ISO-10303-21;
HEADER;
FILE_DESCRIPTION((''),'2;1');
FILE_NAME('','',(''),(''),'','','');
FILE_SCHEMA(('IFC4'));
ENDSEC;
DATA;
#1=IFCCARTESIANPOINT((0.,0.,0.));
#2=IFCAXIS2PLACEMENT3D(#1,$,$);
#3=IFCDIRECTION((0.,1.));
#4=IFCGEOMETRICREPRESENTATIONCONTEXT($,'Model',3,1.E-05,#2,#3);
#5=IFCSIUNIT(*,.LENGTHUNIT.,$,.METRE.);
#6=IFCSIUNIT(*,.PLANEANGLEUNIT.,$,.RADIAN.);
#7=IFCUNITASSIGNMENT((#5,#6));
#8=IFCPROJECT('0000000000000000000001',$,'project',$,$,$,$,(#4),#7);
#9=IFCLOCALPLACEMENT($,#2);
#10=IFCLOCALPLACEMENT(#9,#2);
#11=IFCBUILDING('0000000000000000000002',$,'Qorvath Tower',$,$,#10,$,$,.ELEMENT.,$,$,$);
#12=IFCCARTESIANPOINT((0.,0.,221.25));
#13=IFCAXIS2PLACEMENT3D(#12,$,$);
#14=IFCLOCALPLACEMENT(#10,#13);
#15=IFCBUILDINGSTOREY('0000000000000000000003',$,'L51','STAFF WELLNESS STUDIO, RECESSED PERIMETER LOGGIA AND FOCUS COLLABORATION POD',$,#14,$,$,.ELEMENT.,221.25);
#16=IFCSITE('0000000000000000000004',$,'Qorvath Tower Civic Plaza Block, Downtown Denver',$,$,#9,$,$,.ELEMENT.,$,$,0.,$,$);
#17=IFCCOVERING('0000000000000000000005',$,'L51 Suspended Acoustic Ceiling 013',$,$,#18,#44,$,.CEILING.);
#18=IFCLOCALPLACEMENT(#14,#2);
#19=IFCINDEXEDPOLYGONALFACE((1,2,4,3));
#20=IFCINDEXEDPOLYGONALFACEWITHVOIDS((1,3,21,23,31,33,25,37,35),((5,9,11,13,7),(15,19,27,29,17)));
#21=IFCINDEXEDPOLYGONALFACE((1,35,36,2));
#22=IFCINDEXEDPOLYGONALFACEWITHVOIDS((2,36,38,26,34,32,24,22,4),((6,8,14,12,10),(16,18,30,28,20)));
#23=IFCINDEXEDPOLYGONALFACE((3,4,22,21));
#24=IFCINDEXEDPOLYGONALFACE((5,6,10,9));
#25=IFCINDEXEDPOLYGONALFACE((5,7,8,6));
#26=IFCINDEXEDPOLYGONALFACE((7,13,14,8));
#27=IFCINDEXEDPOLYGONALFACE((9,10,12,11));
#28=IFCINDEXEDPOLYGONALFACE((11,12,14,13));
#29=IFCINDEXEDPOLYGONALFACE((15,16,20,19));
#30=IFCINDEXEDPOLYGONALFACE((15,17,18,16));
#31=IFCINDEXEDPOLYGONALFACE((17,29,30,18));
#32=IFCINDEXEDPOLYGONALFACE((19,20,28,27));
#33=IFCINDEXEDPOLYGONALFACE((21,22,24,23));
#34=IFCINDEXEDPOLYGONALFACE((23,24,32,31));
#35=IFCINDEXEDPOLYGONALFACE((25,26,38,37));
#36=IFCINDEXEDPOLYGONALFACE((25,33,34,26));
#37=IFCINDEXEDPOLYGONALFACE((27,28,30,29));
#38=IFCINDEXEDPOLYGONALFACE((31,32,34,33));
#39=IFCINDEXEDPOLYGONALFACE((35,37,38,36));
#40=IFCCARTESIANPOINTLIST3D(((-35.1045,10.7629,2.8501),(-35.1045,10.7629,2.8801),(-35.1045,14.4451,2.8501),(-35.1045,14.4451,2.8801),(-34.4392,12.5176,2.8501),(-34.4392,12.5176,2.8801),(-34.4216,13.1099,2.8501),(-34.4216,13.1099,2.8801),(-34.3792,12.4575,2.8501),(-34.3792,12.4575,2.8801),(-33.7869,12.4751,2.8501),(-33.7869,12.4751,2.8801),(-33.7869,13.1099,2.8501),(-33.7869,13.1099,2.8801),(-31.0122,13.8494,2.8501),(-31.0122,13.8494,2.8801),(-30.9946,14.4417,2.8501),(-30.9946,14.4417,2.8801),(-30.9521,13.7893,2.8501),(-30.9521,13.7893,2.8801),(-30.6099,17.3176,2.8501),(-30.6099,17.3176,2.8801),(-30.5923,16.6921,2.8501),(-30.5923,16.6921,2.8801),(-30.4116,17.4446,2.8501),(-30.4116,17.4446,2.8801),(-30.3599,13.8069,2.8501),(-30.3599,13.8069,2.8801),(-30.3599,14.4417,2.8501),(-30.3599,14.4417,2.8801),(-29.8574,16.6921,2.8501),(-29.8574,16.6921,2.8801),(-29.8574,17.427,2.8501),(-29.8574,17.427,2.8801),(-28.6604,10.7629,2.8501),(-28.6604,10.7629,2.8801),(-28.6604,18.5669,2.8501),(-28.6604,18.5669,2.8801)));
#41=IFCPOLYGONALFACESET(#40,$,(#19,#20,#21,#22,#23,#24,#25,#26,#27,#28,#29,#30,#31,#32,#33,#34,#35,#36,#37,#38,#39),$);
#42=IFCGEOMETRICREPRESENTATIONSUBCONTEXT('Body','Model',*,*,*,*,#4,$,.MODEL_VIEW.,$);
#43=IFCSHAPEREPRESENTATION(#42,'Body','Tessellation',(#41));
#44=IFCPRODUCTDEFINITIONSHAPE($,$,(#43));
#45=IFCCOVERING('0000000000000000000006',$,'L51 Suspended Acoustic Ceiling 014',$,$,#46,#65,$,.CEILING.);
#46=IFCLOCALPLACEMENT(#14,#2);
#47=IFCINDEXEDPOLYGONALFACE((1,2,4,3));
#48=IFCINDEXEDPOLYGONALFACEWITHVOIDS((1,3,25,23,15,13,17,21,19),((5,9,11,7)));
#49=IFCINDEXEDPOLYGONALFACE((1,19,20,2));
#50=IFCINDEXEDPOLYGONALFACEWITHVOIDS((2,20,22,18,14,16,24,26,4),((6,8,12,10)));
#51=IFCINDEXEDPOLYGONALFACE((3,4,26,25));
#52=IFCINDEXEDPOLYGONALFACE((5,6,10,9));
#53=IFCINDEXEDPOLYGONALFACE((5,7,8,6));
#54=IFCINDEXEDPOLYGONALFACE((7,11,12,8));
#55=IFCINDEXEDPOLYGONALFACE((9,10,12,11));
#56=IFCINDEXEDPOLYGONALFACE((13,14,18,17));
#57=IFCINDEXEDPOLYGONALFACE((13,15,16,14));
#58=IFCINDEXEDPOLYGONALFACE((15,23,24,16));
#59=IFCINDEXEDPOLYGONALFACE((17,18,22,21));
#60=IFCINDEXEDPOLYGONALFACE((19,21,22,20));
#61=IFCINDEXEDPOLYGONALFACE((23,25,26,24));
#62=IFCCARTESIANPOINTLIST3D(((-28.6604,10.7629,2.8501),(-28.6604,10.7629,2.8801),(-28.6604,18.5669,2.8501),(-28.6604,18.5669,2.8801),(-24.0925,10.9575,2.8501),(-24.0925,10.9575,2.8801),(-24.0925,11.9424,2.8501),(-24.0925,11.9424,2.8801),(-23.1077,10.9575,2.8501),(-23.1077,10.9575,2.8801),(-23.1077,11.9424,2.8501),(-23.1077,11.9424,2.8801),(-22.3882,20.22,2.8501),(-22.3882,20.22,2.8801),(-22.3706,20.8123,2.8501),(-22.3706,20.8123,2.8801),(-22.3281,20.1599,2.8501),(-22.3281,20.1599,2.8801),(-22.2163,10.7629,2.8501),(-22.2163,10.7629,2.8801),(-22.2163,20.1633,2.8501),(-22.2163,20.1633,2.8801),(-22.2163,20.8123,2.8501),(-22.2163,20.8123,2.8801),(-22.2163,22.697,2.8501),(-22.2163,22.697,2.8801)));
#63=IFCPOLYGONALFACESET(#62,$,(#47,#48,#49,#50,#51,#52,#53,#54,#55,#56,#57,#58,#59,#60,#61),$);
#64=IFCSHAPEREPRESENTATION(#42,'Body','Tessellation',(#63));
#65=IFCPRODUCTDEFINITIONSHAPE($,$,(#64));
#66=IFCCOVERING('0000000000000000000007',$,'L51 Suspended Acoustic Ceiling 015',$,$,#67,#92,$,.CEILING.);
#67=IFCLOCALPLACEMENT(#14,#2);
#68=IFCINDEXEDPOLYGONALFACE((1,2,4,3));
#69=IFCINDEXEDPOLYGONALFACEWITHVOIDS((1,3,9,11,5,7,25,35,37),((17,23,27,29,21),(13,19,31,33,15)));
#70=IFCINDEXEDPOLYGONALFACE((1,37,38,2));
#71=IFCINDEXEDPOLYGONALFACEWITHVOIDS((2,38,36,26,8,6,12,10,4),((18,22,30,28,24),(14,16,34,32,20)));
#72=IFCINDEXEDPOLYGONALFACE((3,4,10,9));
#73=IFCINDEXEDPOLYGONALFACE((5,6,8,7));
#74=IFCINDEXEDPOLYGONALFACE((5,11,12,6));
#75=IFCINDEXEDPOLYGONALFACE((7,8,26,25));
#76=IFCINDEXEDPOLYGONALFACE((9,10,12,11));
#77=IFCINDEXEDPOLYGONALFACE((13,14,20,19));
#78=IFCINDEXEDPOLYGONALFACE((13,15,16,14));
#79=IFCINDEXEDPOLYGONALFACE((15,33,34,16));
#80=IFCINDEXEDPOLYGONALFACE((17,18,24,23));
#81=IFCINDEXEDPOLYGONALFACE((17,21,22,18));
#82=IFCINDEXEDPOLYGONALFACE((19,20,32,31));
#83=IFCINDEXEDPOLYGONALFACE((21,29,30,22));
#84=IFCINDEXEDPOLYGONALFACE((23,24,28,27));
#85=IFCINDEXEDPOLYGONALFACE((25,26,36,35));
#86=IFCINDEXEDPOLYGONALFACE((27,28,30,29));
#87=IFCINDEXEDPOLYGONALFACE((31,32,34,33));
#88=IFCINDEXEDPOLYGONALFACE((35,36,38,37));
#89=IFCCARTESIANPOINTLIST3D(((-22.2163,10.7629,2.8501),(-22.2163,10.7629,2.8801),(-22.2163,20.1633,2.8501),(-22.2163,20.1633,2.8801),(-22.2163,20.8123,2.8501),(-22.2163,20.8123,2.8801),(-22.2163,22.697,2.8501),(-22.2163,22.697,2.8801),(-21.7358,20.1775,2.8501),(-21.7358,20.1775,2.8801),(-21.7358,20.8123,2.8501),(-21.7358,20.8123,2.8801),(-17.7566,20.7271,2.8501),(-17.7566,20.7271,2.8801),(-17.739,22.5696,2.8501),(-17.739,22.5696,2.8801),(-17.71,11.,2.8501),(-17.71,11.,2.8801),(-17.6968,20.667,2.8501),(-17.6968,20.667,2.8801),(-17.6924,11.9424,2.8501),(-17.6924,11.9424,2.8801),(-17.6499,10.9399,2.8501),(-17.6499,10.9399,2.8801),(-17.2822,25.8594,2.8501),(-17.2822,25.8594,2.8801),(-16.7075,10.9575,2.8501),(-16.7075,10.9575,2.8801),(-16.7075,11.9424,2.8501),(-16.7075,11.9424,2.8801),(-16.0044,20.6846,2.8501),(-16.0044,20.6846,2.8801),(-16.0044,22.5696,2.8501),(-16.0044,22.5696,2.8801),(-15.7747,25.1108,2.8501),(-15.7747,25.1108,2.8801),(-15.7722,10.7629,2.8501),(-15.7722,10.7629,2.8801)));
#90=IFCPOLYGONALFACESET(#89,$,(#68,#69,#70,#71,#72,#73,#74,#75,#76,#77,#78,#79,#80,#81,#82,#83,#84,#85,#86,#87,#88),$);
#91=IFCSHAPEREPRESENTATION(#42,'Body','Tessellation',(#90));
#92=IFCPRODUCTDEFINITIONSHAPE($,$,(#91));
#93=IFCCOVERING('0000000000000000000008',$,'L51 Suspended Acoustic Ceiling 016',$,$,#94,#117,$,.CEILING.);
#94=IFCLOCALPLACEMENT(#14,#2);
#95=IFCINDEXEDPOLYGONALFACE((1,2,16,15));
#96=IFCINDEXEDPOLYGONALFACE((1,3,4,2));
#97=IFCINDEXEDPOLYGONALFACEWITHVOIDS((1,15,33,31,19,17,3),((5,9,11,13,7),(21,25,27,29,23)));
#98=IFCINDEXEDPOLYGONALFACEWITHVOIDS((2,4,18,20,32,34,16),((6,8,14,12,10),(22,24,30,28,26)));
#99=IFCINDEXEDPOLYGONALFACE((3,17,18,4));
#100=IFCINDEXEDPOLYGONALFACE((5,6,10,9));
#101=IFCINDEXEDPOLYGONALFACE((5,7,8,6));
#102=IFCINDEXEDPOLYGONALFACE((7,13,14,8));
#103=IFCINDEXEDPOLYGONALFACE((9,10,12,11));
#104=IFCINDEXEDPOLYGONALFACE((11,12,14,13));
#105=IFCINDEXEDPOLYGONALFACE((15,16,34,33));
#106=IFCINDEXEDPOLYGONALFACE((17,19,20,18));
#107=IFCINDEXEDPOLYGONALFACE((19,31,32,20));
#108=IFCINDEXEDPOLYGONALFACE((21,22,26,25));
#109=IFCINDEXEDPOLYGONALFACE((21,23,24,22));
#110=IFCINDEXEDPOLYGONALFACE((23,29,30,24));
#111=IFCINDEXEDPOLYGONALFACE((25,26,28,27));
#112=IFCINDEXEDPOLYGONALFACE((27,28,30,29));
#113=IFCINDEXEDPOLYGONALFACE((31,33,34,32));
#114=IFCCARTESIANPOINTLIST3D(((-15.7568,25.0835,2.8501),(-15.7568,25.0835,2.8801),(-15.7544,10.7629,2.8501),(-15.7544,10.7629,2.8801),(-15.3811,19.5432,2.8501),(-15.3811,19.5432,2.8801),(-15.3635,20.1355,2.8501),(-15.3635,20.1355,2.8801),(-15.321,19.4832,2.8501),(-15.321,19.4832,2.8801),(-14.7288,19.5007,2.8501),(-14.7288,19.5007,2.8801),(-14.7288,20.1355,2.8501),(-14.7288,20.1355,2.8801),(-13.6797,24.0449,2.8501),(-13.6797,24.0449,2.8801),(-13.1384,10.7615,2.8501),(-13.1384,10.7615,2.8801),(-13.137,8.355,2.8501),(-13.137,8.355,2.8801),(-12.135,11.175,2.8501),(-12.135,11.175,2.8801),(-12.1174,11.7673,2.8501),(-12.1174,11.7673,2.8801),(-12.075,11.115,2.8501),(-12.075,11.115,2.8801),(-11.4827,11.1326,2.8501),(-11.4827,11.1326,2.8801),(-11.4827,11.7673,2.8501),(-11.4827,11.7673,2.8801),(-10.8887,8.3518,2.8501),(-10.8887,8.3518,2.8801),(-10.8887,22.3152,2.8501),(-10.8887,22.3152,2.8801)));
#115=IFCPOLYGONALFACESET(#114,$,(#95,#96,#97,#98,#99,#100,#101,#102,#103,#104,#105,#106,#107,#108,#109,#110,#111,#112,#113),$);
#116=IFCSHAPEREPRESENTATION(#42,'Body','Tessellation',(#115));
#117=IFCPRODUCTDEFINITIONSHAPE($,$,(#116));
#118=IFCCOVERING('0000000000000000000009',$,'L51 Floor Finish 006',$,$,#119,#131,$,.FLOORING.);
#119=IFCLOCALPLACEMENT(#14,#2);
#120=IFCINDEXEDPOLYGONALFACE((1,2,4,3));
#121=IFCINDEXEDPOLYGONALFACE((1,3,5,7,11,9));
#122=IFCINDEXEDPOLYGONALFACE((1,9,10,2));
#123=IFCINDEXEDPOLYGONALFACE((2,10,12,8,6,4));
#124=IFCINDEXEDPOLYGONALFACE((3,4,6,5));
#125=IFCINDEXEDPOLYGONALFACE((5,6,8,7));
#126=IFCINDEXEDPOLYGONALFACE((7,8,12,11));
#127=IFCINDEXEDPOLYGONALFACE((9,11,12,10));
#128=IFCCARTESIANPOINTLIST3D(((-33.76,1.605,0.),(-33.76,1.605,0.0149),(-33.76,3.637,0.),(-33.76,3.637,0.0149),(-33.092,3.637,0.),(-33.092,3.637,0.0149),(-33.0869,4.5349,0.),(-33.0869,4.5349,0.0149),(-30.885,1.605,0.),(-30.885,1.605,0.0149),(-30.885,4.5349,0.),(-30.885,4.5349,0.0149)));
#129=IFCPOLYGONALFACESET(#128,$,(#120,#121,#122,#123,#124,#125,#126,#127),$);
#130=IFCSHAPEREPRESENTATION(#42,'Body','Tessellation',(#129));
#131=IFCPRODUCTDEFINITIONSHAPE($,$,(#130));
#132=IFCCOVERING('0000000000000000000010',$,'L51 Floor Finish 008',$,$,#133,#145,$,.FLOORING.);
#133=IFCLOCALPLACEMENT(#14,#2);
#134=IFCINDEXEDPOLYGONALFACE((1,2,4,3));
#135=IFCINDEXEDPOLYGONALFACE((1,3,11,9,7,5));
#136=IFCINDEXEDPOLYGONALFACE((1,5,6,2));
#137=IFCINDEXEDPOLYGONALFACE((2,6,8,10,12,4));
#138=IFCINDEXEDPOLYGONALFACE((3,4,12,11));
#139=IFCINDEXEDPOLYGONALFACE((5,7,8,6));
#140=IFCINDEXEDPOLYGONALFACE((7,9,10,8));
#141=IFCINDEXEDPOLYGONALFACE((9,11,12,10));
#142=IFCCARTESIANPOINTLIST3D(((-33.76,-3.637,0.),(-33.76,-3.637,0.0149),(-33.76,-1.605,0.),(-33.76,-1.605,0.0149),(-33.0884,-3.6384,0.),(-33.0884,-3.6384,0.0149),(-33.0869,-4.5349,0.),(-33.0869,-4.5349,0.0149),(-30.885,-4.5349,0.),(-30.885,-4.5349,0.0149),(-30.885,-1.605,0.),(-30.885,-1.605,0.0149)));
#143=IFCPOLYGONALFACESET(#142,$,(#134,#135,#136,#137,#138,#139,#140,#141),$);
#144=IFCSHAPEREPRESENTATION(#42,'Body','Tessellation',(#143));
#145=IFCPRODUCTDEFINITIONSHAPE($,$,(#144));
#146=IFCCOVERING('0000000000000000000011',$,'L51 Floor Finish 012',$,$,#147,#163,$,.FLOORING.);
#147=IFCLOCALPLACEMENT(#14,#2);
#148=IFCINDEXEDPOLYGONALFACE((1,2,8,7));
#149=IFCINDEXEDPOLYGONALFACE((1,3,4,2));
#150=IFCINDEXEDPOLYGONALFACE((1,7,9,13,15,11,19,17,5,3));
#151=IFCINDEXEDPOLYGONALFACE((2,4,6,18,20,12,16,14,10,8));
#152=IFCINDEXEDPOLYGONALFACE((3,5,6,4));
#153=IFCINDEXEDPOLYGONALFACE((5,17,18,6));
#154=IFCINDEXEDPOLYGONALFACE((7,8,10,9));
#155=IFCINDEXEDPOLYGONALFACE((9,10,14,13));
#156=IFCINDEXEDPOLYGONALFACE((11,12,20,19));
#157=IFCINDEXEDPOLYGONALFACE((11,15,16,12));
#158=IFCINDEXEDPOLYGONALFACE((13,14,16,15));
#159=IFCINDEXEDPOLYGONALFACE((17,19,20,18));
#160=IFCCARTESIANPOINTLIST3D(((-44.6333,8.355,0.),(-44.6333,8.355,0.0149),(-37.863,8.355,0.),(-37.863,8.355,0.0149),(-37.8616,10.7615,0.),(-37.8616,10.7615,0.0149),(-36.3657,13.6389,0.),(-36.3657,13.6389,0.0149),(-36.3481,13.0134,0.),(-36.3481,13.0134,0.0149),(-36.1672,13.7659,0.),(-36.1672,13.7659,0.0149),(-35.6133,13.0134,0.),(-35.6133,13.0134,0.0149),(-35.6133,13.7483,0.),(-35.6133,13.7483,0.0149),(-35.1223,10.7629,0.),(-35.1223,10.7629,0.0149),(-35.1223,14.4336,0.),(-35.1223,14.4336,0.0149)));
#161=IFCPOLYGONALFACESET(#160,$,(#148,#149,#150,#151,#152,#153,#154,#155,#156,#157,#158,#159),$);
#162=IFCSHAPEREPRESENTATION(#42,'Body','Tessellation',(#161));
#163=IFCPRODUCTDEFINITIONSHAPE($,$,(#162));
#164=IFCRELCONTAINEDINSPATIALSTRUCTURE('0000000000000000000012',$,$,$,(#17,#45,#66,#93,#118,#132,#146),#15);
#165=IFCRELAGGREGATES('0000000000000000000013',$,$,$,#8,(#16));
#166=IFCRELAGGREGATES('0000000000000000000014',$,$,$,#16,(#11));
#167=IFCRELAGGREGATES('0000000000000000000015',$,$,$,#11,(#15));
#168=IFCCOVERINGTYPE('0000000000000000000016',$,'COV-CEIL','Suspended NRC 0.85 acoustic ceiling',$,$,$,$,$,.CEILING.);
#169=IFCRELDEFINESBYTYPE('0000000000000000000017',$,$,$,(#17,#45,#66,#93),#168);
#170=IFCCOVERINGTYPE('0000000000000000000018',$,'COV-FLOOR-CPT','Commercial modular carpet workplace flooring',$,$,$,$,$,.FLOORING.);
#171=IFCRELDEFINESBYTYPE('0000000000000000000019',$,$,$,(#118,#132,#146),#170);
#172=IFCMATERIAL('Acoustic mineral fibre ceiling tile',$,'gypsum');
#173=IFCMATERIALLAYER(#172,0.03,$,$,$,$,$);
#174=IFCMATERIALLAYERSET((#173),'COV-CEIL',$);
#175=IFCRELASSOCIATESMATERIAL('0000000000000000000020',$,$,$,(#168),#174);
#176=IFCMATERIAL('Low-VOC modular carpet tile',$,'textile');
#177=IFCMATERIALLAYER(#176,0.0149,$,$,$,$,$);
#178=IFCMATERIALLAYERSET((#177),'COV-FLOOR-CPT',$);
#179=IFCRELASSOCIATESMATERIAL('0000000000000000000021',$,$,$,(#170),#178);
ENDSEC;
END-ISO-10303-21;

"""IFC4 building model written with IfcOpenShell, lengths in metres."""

from ifc_helpers import new_model, si_unit, direction, frame, origin, place, context, subcontext, project, spatial, polyline, outline, extrude, material, layer, layer_set, type_object, element, save


model = new_model("IFC4")

# Units and contexts
model_context = context("Model", 3, precision=1e-05, world=origin(), true_north=direction((0.0, 1.0)))
body_context = subcontext(model_context, "Body", "Model", "MODEL_VIEW")
ifc_project = project(units=[si_unit("LENGTHUNIT", "METRE"), si_unit("PLANEANGLEUNIT", "RADIAN")], contexts=[model_context])

# Site, building, storey
site_placement = place(None, origin())
site = spatial("IfcSite", under=ifc_project, at=site_placement, Name="Qorvath Tower Civic Plaza Block, Downtown Denver", CompositionType="ELEMENT", RefElevation=0.0)
building_placement = place(site_placement, origin())
building = spatial("IfcBuilding", under=site, at=building_placement, Name="Qorvath Tower", CompositionType="ELEMENT")
storey_placement = place(building_placement, frame((0.0, 0.0, 221.25)))
storey = spatial("IfcBuildingStorey", under=building, at=storey_placement, Name="L51", Description="STAFF WELLNESS STUDIO, RECESSED PERIMETER LOGGIA AND FOCUS COLLABORATION POD", CompositionType="ELEMENT", Elevation=221.25)

# Coverings
ifc_material_1 = material(Name="Acoustic mineral fibre ceiling tile", Category="gypsum")
ifc_layer_1 = layer(ifc_material_1, 0.03)
ifc_layer_set_1 = layer_set([ifc_layer_1], Name="COV-CEIL")
covering_type_1 = type_object("IfcCoveringType", Name="COV-CEIL", Description="Suspended NRC 0.85 acoustic ceiling", PredefinedType="CEILING", material=ifc_layer_set_1)
covering_1_placement = place(storey_placement, frame((0.0, 0.0, 2.8501)))
element("IfcCovering", 1, at=covering_1_placement, inside=storey, type_object=covering_type_1, Name="L51 Suspended Acoustic Ceiling 013", PredefinedType="CEILING", context=body_context, shape_type="SweptSolid", body=[
    extrude(outline(polyline([(-28.6604, 10.7629), (-28.6604, 18.5669), (-30.4116, 17.4446), (-29.8574, 17.427), (-29.8574, 16.6921), (-30.5923, 16.6921), (-30.6099, 17.3176), (-35.1045, 14.4451), (-35.1045, 10.7629), (-28.6604, 10.7629)]), holes=[polyline([(-31.0122, 13.8494), (-30.9946, 14.4417), (-30.3599, 14.4417), (-30.3599, 13.8069), (-30.9521, 13.7893), (-31.0122, 13.8494)]), polyline([(-34.4392, 12.5176), (-34.4216, 13.1099), (-33.7869, 13.1099), (-33.7869, 12.4751), (-34.3792, 12.4575), (-34.4392, 12.5176)])]), origin(), (0.0, 0.0, 1.0), 0.03),
])
covering_2_placement = place(storey_placement, frame((0.0, 0.0, 2.8501)))
element("IfcCovering", 2, at=covering_2_placement, inside=storey, type_object=covering_type_1, Name="L51 Suspended Acoustic Ceiling 014", PredefinedType="CEILING", context=body_context, shape_type="SweptSolid", body=[
    extrude(outline(polyline([(-22.2163, 10.7629), (-22.2163, 20.1633), (-22.3281, 20.1599), (-22.3882, 20.22), (-22.3706, 20.8123), (-22.2163, 20.8123), (-22.2163, 22.697), (-28.6604, 18.5669), (-28.6604, 10.7629), (-22.2163, 10.7629)]), holes=[polyline([(-24.0925, 10.9575), (-24.0925, 11.9424), (-23.1077, 11.9424), (-23.1077, 10.9575), (-24.0925, 10.9575)])]), origin(), (0.0, 0.0, 1.0), 0.03),
])
covering_3_placement = place(storey_placement, frame((0.0, 0.0, 2.8501)))
element("IfcCovering", 3, at=covering_3_placement, inside=storey, type_object=covering_type_1, Name="L51 Suspended Acoustic Ceiling 015", PredefinedType="CEILING", context=body_context, shape_type="SweptSolid", body=[
    extrude(outline(polyline([(-15.7747, 25.1108), (-17.2822, 25.8594), (-22.2163, 22.697), (-22.2163, 20.8123), (-21.7358, 20.8123), (-21.7358, 20.1775), (-22.2163, 20.1633), (-22.2163, 10.7629), (-15.7722, 10.7629), (-15.7747, 25.1108)]), holes=[polyline([(-17.7566, 20.7271), (-17.739, 22.5696), (-16.0044, 22.5696), (-16.0044, 20.6846), (-17.6968, 20.667), (-17.7566, 20.7271)]), polyline([(-17.71, 11.0), (-17.6924, 11.9424), (-16.7075, 11.9424), (-16.7075, 10.9575), (-17.6499, 10.9399), (-17.71, 11.0)])]), origin(), (0.0, 0.0, 1.0), 0.03),
])
covering_4_placement = place(storey_placement, frame((0.0, 0.0, 2.8501)))
element("IfcCovering", 4, at=covering_4_placement, inside=storey, type_object=covering_type_1, Name="L51 Suspended Acoustic Ceiling 016", PredefinedType="CEILING", context=body_context, shape_type="SweptSolid", body=[
    extrude(outline(polyline([(-10.8887, 8.3518), (-10.8887, 22.3152), (-13.6797, 24.0449), (-15.7568, 25.0835), (-15.7544, 10.7629), (-13.1384, 10.7615), (-13.137, 8.355), (-10.8887, 8.3518)]), holes=[polyline([(-12.135, 11.175), (-12.1174, 11.7673), (-11.4827, 11.7673), (-11.4827, 11.1326), (-12.075, 11.115), (-12.135, 11.175)]), polyline([(-15.3811, 19.5432), (-15.3635, 20.1355), (-14.7288, 20.1355), (-14.7288, 19.5007), (-15.321, 19.4832), (-15.3811, 19.5432)])]), origin(), (0.0, 0.0, 1.0), 0.03),
])
ifc_material_2 = material(Name="Low-VOC modular carpet tile", Category="textile")
ifc_layer_2 = layer(ifc_material_2, 0.0149)
ifc_layer_set_2 = layer_set([ifc_layer_2], Name="COV-FLOOR-CPT")
covering_type_2 = type_object("IfcCoveringType", Name="COV-FLOOR-CPT", Description="Commercial modular carpet workplace flooring", PredefinedType="FLOORING", material=ifc_layer_set_2)
covering_5_placement = place(storey_placement, origin())
element("IfcCovering", 5, at=covering_5_placement, inside=storey, type_object=covering_type_2, Name="L51 Floor Finish 006", PredefinedType="FLOORING", context=body_context, shape_type="SweptSolid", body=[
    extrude(outline(polyline([(-33.76, 3.637), (-33.76, 1.605), (-30.885, 1.605), (-30.885, 4.5349), (-33.0869, 4.5349), (-33.092, 3.637), (-33.76, 3.637)])), origin(), (0.0, 0.0, 1.0), 0.0149),
])
covering_6_placement = place(storey_placement, origin())
element("IfcCovering", 6, at=covering_6_placement, inside=storey, type_object=covering_type_2, Name="L51 Floor Finish 008", PredefinedType="FLOORING", context=body_context, shape_type="SweptSolid", body=[
    extrude(outline(polyline([(-30.885, -4.5349), (-30.885, -1.605), (-33.76, -1.605), (-33.76, -3.637), (-33.0884, -3.6384), (-33.0869, -4.5349), (-30.885, -4.5349)])), origin(), (0.0, 0.0, 1.0), 0.0149),
])
covering_7_placement = place(storey_placement, origin())
element("IfcCovering", 7, at=covering_7_placement, inside=storey, type_object=covering_type_2, Name="L51 Floor Finish 012", PredefinedType="FLOORING", context=body_context, shape_type="SweptSolid", body=[
    extrude(outline(polyline([(-35.1223, 14.4336), (-36.1672, 13.7659), (-35.6133, 13.7483), (-35.6133, 13.0134), (-36.3481, 13.0134), (-36.3657, 13.6389), (-44.6333, 8.355), (-37.863, 8.355), (-37.8616, 10.7615), (-35.1223, 10.7629), (-35.1223, 14.4336)])), origin(), (0.0, 0.0, 1.0), 0.0149),
])

save(model, "model.ifc")
